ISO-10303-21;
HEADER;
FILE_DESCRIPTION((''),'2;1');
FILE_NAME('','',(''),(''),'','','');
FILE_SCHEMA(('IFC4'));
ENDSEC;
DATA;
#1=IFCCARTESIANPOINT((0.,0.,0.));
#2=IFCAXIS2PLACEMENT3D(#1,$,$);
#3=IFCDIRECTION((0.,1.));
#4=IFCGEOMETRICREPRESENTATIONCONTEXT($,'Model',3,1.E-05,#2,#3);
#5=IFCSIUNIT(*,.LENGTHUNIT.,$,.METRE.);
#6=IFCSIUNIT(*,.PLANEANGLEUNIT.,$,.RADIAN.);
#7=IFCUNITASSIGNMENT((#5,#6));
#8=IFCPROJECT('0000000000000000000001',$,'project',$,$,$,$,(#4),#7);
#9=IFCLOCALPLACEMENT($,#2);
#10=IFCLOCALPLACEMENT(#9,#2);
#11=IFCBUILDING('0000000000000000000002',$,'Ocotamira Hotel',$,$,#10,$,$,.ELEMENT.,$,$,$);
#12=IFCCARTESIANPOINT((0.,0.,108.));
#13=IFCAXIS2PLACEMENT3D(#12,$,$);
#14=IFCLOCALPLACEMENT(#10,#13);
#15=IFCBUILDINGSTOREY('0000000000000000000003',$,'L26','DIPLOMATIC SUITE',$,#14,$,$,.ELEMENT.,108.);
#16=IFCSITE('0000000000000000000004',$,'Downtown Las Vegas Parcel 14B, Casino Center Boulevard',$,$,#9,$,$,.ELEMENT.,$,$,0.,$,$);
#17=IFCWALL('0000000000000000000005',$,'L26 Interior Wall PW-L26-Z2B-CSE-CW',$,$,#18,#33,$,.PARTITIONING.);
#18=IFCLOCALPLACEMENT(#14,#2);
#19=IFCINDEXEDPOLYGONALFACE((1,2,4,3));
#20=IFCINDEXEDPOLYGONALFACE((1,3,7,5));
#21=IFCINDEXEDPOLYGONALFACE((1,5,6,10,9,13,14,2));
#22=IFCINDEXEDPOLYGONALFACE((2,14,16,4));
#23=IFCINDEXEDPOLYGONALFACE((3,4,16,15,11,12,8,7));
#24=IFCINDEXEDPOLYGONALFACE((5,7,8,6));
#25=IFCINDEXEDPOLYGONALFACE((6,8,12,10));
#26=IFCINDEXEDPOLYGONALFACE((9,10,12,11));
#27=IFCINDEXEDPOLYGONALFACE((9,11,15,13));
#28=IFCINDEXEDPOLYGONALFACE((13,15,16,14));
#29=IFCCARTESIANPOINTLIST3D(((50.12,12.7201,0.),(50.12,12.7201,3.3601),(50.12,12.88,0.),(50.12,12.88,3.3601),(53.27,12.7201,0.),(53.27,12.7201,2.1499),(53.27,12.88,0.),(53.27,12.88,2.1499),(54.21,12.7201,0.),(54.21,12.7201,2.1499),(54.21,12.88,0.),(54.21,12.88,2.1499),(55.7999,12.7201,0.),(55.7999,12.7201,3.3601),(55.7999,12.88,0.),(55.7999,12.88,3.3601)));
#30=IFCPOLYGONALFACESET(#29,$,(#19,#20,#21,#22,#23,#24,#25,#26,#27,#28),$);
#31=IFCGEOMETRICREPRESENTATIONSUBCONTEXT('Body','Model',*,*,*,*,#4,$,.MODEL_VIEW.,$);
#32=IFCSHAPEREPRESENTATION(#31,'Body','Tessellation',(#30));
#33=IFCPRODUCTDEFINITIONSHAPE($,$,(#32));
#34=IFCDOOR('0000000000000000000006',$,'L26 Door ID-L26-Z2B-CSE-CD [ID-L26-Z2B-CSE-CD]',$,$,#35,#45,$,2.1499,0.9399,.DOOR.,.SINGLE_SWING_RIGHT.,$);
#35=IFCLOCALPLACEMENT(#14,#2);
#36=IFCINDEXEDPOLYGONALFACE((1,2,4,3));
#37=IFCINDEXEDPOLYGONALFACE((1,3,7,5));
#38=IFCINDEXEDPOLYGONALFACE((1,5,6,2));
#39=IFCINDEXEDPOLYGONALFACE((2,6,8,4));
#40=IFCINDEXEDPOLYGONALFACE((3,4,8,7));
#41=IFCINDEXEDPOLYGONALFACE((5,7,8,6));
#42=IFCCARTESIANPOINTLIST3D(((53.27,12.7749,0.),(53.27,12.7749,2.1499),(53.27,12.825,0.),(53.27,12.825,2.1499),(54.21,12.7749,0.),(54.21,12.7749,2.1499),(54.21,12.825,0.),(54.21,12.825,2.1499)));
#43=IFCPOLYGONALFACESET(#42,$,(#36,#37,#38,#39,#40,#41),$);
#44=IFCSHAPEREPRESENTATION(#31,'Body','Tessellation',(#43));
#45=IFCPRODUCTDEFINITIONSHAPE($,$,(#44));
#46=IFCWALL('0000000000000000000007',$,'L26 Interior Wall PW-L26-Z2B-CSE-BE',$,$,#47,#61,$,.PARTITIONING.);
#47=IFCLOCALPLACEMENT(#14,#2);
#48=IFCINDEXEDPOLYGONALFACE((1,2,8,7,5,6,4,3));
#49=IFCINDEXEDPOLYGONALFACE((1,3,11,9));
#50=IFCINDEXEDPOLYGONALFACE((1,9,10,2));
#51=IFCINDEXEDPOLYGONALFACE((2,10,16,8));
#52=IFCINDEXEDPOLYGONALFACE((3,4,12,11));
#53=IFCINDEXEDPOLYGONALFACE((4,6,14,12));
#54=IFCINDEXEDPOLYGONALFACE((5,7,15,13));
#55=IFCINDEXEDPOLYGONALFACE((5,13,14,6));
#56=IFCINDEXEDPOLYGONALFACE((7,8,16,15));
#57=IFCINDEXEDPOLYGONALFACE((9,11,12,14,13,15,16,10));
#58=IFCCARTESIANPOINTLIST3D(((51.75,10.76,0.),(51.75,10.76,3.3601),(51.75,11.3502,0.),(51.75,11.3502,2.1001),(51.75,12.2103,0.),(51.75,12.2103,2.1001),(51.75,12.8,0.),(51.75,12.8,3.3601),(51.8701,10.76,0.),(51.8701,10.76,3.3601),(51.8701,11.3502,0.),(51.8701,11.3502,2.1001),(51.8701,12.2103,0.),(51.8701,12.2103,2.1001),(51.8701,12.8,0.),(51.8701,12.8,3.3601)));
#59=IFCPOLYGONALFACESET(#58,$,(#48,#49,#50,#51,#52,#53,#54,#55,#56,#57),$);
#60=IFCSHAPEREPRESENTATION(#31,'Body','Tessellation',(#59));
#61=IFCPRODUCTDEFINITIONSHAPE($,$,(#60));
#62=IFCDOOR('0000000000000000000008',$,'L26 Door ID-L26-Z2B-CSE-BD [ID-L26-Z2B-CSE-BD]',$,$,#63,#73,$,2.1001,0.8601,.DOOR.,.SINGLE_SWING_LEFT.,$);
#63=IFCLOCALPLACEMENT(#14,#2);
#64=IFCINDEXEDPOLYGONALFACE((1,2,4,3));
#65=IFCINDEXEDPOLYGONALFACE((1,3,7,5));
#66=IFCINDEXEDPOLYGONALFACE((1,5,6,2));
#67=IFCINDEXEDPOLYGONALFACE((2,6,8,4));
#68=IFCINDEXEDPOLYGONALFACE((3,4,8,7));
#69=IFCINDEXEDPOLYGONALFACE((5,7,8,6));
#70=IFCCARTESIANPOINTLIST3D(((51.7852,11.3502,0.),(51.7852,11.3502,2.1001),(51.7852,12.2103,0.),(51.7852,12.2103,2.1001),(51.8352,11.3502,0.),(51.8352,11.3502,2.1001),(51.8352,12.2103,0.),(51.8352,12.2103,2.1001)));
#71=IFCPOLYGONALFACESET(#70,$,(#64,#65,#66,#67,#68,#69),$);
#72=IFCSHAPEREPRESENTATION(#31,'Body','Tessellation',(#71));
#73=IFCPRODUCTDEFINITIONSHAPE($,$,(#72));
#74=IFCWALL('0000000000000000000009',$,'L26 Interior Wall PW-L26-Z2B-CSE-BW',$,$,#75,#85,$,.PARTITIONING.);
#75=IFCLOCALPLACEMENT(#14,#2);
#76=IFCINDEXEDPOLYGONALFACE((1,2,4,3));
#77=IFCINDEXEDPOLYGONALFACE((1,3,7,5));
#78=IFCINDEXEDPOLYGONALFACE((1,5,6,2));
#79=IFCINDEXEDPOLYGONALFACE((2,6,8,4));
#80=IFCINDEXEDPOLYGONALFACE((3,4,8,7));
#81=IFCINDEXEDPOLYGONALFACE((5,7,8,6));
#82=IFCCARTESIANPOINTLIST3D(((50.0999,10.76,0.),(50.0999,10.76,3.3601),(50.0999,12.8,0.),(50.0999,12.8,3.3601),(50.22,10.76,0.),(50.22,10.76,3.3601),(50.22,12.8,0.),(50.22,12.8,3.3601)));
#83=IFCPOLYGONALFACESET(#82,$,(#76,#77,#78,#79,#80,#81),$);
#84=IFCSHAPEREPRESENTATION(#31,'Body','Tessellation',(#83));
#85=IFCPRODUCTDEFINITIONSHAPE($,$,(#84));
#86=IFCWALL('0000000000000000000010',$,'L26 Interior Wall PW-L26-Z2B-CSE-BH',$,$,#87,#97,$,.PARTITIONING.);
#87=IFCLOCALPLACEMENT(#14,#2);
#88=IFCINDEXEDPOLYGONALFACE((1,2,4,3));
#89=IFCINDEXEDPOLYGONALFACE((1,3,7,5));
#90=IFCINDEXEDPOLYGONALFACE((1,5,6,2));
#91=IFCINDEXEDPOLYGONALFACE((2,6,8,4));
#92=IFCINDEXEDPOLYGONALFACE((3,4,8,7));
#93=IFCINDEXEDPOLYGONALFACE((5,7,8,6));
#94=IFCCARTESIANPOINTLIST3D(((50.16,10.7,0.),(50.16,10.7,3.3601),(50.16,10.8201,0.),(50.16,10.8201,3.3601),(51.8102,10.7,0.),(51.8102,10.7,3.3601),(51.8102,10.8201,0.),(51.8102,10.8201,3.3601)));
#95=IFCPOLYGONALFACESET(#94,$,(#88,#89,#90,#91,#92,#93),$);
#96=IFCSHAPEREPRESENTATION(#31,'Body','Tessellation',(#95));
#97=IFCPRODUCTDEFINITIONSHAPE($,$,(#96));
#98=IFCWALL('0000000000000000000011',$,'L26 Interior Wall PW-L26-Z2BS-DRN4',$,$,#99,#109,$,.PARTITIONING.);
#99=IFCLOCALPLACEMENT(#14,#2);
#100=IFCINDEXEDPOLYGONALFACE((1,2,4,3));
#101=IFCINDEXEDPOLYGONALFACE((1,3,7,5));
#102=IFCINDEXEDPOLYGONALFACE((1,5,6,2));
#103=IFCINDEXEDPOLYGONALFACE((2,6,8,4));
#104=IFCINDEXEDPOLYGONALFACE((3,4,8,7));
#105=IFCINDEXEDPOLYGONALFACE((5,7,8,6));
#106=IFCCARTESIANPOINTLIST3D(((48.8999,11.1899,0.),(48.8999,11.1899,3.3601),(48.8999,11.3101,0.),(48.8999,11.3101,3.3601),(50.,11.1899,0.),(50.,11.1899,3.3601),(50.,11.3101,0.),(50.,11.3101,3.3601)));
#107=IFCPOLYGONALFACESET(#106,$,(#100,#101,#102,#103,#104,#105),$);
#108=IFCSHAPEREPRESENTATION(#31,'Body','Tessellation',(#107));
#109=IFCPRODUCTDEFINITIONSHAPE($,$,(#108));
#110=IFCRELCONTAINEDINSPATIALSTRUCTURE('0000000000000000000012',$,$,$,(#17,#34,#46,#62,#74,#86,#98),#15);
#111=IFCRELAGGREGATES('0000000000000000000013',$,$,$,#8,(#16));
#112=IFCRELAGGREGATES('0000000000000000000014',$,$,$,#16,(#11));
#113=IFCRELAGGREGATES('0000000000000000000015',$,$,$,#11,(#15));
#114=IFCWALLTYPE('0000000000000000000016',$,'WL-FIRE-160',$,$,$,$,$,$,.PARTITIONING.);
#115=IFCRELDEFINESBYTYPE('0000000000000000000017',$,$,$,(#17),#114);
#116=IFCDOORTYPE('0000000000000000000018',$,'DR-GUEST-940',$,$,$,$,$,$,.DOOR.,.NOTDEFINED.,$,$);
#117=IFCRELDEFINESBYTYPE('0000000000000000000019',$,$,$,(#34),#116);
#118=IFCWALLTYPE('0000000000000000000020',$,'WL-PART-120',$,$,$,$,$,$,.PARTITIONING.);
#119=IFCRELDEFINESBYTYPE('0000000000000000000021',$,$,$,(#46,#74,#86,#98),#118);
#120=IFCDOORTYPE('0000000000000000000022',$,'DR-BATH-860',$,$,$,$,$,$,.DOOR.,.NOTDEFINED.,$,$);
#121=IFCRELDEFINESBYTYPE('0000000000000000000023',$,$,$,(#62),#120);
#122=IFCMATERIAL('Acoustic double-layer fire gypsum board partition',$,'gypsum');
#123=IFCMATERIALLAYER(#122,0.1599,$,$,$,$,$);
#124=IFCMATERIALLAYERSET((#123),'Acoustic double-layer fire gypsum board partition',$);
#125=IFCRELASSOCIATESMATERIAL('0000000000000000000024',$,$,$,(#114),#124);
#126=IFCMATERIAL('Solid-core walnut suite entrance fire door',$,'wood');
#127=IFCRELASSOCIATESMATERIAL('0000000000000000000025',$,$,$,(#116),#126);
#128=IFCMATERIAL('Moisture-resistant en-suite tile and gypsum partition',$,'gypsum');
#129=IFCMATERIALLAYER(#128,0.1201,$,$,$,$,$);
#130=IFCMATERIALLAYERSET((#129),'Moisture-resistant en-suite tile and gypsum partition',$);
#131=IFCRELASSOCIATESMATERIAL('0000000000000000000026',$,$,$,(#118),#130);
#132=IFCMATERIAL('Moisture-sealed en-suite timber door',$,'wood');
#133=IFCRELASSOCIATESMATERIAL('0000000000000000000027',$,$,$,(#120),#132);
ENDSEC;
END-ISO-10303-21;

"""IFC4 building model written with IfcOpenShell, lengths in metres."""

from ifc_helpers import new_model, si_unit, direction, frame, frame_2d, origin, place, context, subcontext, project, spatial, rectangle, extrude, source, transform, mapped, material, layer, layer_set, type_object, element, fill, save


model = new_model("IFC4")

# Units and contexts
model_context = context("Model", 3, precision=1e-05, world=origin(), true_north=direction((0.0, 1.0)))
body_context = subcontext(model_context, "Body", "Model", "MODEL_VIEW")
ifc_project = project(units=[si_unit("LENGTHUNIT", "METRE"), si_unit("PLANEANGLEUNIT", "RADIAN")], contexts=[model_context])

# Site, building, storey
site_placement = place(None, origin())
site = spatial("IfcSite", under=ifc_project, at=site_placement, Name="Downtown Las Vegas Parcel 14B, Casino Center Boulevard", CompositionType="ELEMENT", RefElevation=0.0)
building_placement = place(site_placement, origin())
building = spatial("IfcBuilding", under=site, at=building_placement, Name="Ocotamira Hotel", CompositionType="ELEMENT")
storey_placement = place(building_placement, frame((0.0, 0.0, 108.0)))
storey = spatial("IfcBuildingStorey", under=building, at=storey_placement, Name="L26", Description="DIPLOMATIC SUITE", CompositionType="ELEMENT", Elevation=108.0)

# Walls, openings, doors
ifc_material_1 = material(Name="Acoustic double-layer fire gypsum board partition", Category="gypsum")
ifc_layer_1 = layer(ifc_material_1, 0.1599)
ifc_layer_set_1 = layer_set([ifc_layer_1], Name="Acoustic double-layer fire gypsum board partition")
wall_type_1 = type_object("IfcWallType", Name="WL-FIRE-160", PredefinedType="PARTITIONING", material=ifc_layer_set_1)
wall_1_placement = place(storey_placement, frame((50.1201, 12.8, 0.0), z_axis=(0.0, 0.0, 1.0), x_axis=(1.0, 0.0, 0.0)))
wall_1 = element("IfcWall", 1, at=wall_1_placement, inside=storey, type_object=wall_type_1, Name="L26 Interior Wall PW-L26-Z2B-CSE-CW", PredefinedType="PARTITIONING", context=body_context, shape_type="SweptSolid", body=[
    extrude(rectangle(XDim=5.6799, YDim=0.1599, at=frame_2d((2.8398, 0.0))), origin(), (0.0, 0.0, 1.0), 3.3601),
])
opening_1_placement = place(wall_1_placement, frame((3.1499, 0.0, 0.0)))
opening_1 = element("IfcOpeningElement", 2, at=opening_1_placement, cuts=wall_1, PredefinedType="OPENING", context=body_context, shape_type="SweptSolid", body=[
    extrude(rectangle(XDim=0.9399, YDim=2.1499, at=frame_2d((0.47, 1.075))), frame((0.0, 0.0898, 0.0), z_axis=(0.0, -1.0, 0.0), x_axis=(1.0, 0.0, 0.0)), (0.0, 0.0, 1.0), 0.1799),
])
ifc_material_2 = material(Name="Solid-core walnut suite entrance fire door", Category="wood")
door_type_1 = type_object("IfcDoorType", Name="DR-GUEST-940", OperationType="NOTDEFINED", PredefinedType="DOOR", material=ifc_material_2)
shared_shape_1 = source(origin(), body_context, "Body", "SweptSolid", [
    extrude(rectangle(XDim=0.9399, YDim=2.1499, at=frame_2d((0.47, 1.075))), frame((0.0, 0.0249, 0.0), z_axis=(0.0, -1.0, 0.0), x_axis=(1.0, 0.0, 0.0)), (0.0, 0.0, 1.0), 0.05),
])
door_1_placement = place(opening_1_placement, origin())
door_1 = element("IfcDoor", 3, at=door_1_placement, inside=storey, type_object=door_type_1, Name="L26 Door ID-L26-Z2B-CSE-CD [ID-L26-Z2B-CSE-CD]", OperationType="SINGLE_SWING_RIGHT", OverallHeight=2.1499, OverallWidth=0.9399, PredefinedType="DOOR", context=body_context, shape_type="MappedRepresentation", body=[
    mapped(shared_shape_1, transform((0.0, 0.0, 0.0), scale=1.0)),
])
fill(opening_1, door_1)
ifc_material_3 = material(Name="Moisture-resistant en-suite tile and gypsum partition", Category="gypsum")
ifc_layer_2 = layer(ifc_material_3, 0.1201)
ifc_layer_set_2 = layer_set([ifc_layer_2], Name="Moisture-resistant en-suite tile and gypsum partition")
wall_type_2 = type_object("IfcWallType", Name="WL-PART-120", PredefinedType="PARTITIONING", material=ifc_layer_set_2)
wall_2_placement = place(storey_placement, frame((51.8101, 10.76, 0.0), z_axis=(0.0, 0.0, 1.0), x_axis=(0.0, 1.0, 0.0)))
wall_2 = element("IfcWall", 4, at=wall_2_placement, inside=storey, type_object=wall_type_2, Name="L26 Interior Wall PW-L26-Z2B-CSE-BE", PredefinedType="PARTITIONING", context=body_context, shape_type="SweptSolid", body=[
    extrude(rectangle(XDim=2.04, YDim=0.1201, at=frame_2d((1.02, 0.0))), origin(), (0.0, 0.0, 1.0), 3.3601),
])
opening_2_placement = place(wall_2_placement, frame((0.5901, 0.0, 0.0)))
opening_2 = element("IfcOpeningElement", 5, at=opening_2_placement, cuts=wall_2, PredefinedType="OPENING", context=body_context, shape_type="SweptSolid", body=[
    extrude(rectangle(XDim=0.8601, YDim=2.1001, at=frame_2d((0.4302, 1.05))), frame((0.0, 0.0701, 0.0), z_axis=(0.0, -1.0, 0.0), x_axis=(1.0, 0.0, 0.0)), (0.0, 0.0, 1.0), 0.1401),
])
ifc_material_4 = material(Name="Moisture-sealed en-suite timber door", Category="wood")
door_type_2 = type_object("IfcDoorType", Name="DR-BATH-860", OperationType="NOTDEFINED", PredefinedType="DOOR", material=ifc_material_4)
shared_shape_2 = source(origin(), body_context, "Body", "SweptSolid", [
    extrude(rectangle(XDim=0.8601, YDim=2.1001, at=frame_2d((0.4302, 1.05))), frame((0.0, 0.0249, 0.0), z_axis=(0.0, -1.0, 0.0), x_axis=(1.0, 0.0, 0.0)), (0.0, 0.0, 1.0), 0.05),
])
door_2_placement = place(opening_2_placement, origin())
door_2 = element("IfcDoor", 6, at=door_2_placement, inside=storey, type_object=door_type_2, Name="L26 Door ID-L26-Z2B-CSE-BD [ID-L26-Z2B-CSE-BD]", OperationType="SINGLE_SWING_LEFT", OverallHeight=2.1001, OverallWidth=0.8601, PredefinedType="DOOR", context=body_context, shape_type="MappedRepresentation", body=[
    mapped(shared_shape_2, transform((0.0, 0.0, 0.0), scale=1.0)),
])
fill(opening_2, door_2)

# Walls
wall_3_placement = place(storey_placement, frame((50.1599, 10.76, 0.0), z_axis=(0.0, 0.0, 1.0), x_axis=(0.0, 1.0, 0.0)))
element("IfcWall", 7, at=wall_3_placement, inside=storey, type_object=wall_type_2, Name="L26 Interior Wall PW-L26-Z2B-CSE-BW", PredefinedType="PARTITIONING", context=body_context, shape_type="SweptSolid", body=[
    extrude(rectangle(XDim=2.04, YDim=0.1201, at=frame_2d((1.02, 0.0))), origin(), (0.0, 0.0, 1.0), 3.3601),
])
wall_4_placement = place(storey_placement, frame((50.1599, 10.76, 0.0), z_axis=(0.0, 0.0, 1.0), x_axis=(1.0, 0.0, 0.0)))
element("IfcWall", 8, at=wall_4_placement, inside=storey, type_object=wall_type_2, Name="L26 Interior Wall PW-L26-Z2B-CSE-BH", PredefinedType="PARTITIONING", context=body_context, shape_type="SweptSolid", body=[
    extrude(rectangle(XDim=1.6501, YDim=0.1201, at=frame_2d((0.8252, 0.0))), origin(), (0.0, 0.0, 1.0), 3.3601),
])
wall_5_placement = place(storey_placement, frame((48.8999, 11.25, 0.0), z_axis=(0.0, 0.0, 1.0), x_axis=(1.0, 0.0, 0.0)))
element("IfcWall", 9, at=wall_5_placement, inside=storey, type_object=wall_type_2, Name="L26 Interior Wall PW-L26-Z2BS-DRN4", PredefinedType="PARTITIONING", context=body_context, shape_type="SweptSolid", body=[
    extrude(rectangle(XDim=1.1001, YDim=0.1201, at=frame_2d((0.55, 0.0))), origin(), (0.0, 0.0, 1.0), 3.3601),
])

save(model, "model.ifc")
